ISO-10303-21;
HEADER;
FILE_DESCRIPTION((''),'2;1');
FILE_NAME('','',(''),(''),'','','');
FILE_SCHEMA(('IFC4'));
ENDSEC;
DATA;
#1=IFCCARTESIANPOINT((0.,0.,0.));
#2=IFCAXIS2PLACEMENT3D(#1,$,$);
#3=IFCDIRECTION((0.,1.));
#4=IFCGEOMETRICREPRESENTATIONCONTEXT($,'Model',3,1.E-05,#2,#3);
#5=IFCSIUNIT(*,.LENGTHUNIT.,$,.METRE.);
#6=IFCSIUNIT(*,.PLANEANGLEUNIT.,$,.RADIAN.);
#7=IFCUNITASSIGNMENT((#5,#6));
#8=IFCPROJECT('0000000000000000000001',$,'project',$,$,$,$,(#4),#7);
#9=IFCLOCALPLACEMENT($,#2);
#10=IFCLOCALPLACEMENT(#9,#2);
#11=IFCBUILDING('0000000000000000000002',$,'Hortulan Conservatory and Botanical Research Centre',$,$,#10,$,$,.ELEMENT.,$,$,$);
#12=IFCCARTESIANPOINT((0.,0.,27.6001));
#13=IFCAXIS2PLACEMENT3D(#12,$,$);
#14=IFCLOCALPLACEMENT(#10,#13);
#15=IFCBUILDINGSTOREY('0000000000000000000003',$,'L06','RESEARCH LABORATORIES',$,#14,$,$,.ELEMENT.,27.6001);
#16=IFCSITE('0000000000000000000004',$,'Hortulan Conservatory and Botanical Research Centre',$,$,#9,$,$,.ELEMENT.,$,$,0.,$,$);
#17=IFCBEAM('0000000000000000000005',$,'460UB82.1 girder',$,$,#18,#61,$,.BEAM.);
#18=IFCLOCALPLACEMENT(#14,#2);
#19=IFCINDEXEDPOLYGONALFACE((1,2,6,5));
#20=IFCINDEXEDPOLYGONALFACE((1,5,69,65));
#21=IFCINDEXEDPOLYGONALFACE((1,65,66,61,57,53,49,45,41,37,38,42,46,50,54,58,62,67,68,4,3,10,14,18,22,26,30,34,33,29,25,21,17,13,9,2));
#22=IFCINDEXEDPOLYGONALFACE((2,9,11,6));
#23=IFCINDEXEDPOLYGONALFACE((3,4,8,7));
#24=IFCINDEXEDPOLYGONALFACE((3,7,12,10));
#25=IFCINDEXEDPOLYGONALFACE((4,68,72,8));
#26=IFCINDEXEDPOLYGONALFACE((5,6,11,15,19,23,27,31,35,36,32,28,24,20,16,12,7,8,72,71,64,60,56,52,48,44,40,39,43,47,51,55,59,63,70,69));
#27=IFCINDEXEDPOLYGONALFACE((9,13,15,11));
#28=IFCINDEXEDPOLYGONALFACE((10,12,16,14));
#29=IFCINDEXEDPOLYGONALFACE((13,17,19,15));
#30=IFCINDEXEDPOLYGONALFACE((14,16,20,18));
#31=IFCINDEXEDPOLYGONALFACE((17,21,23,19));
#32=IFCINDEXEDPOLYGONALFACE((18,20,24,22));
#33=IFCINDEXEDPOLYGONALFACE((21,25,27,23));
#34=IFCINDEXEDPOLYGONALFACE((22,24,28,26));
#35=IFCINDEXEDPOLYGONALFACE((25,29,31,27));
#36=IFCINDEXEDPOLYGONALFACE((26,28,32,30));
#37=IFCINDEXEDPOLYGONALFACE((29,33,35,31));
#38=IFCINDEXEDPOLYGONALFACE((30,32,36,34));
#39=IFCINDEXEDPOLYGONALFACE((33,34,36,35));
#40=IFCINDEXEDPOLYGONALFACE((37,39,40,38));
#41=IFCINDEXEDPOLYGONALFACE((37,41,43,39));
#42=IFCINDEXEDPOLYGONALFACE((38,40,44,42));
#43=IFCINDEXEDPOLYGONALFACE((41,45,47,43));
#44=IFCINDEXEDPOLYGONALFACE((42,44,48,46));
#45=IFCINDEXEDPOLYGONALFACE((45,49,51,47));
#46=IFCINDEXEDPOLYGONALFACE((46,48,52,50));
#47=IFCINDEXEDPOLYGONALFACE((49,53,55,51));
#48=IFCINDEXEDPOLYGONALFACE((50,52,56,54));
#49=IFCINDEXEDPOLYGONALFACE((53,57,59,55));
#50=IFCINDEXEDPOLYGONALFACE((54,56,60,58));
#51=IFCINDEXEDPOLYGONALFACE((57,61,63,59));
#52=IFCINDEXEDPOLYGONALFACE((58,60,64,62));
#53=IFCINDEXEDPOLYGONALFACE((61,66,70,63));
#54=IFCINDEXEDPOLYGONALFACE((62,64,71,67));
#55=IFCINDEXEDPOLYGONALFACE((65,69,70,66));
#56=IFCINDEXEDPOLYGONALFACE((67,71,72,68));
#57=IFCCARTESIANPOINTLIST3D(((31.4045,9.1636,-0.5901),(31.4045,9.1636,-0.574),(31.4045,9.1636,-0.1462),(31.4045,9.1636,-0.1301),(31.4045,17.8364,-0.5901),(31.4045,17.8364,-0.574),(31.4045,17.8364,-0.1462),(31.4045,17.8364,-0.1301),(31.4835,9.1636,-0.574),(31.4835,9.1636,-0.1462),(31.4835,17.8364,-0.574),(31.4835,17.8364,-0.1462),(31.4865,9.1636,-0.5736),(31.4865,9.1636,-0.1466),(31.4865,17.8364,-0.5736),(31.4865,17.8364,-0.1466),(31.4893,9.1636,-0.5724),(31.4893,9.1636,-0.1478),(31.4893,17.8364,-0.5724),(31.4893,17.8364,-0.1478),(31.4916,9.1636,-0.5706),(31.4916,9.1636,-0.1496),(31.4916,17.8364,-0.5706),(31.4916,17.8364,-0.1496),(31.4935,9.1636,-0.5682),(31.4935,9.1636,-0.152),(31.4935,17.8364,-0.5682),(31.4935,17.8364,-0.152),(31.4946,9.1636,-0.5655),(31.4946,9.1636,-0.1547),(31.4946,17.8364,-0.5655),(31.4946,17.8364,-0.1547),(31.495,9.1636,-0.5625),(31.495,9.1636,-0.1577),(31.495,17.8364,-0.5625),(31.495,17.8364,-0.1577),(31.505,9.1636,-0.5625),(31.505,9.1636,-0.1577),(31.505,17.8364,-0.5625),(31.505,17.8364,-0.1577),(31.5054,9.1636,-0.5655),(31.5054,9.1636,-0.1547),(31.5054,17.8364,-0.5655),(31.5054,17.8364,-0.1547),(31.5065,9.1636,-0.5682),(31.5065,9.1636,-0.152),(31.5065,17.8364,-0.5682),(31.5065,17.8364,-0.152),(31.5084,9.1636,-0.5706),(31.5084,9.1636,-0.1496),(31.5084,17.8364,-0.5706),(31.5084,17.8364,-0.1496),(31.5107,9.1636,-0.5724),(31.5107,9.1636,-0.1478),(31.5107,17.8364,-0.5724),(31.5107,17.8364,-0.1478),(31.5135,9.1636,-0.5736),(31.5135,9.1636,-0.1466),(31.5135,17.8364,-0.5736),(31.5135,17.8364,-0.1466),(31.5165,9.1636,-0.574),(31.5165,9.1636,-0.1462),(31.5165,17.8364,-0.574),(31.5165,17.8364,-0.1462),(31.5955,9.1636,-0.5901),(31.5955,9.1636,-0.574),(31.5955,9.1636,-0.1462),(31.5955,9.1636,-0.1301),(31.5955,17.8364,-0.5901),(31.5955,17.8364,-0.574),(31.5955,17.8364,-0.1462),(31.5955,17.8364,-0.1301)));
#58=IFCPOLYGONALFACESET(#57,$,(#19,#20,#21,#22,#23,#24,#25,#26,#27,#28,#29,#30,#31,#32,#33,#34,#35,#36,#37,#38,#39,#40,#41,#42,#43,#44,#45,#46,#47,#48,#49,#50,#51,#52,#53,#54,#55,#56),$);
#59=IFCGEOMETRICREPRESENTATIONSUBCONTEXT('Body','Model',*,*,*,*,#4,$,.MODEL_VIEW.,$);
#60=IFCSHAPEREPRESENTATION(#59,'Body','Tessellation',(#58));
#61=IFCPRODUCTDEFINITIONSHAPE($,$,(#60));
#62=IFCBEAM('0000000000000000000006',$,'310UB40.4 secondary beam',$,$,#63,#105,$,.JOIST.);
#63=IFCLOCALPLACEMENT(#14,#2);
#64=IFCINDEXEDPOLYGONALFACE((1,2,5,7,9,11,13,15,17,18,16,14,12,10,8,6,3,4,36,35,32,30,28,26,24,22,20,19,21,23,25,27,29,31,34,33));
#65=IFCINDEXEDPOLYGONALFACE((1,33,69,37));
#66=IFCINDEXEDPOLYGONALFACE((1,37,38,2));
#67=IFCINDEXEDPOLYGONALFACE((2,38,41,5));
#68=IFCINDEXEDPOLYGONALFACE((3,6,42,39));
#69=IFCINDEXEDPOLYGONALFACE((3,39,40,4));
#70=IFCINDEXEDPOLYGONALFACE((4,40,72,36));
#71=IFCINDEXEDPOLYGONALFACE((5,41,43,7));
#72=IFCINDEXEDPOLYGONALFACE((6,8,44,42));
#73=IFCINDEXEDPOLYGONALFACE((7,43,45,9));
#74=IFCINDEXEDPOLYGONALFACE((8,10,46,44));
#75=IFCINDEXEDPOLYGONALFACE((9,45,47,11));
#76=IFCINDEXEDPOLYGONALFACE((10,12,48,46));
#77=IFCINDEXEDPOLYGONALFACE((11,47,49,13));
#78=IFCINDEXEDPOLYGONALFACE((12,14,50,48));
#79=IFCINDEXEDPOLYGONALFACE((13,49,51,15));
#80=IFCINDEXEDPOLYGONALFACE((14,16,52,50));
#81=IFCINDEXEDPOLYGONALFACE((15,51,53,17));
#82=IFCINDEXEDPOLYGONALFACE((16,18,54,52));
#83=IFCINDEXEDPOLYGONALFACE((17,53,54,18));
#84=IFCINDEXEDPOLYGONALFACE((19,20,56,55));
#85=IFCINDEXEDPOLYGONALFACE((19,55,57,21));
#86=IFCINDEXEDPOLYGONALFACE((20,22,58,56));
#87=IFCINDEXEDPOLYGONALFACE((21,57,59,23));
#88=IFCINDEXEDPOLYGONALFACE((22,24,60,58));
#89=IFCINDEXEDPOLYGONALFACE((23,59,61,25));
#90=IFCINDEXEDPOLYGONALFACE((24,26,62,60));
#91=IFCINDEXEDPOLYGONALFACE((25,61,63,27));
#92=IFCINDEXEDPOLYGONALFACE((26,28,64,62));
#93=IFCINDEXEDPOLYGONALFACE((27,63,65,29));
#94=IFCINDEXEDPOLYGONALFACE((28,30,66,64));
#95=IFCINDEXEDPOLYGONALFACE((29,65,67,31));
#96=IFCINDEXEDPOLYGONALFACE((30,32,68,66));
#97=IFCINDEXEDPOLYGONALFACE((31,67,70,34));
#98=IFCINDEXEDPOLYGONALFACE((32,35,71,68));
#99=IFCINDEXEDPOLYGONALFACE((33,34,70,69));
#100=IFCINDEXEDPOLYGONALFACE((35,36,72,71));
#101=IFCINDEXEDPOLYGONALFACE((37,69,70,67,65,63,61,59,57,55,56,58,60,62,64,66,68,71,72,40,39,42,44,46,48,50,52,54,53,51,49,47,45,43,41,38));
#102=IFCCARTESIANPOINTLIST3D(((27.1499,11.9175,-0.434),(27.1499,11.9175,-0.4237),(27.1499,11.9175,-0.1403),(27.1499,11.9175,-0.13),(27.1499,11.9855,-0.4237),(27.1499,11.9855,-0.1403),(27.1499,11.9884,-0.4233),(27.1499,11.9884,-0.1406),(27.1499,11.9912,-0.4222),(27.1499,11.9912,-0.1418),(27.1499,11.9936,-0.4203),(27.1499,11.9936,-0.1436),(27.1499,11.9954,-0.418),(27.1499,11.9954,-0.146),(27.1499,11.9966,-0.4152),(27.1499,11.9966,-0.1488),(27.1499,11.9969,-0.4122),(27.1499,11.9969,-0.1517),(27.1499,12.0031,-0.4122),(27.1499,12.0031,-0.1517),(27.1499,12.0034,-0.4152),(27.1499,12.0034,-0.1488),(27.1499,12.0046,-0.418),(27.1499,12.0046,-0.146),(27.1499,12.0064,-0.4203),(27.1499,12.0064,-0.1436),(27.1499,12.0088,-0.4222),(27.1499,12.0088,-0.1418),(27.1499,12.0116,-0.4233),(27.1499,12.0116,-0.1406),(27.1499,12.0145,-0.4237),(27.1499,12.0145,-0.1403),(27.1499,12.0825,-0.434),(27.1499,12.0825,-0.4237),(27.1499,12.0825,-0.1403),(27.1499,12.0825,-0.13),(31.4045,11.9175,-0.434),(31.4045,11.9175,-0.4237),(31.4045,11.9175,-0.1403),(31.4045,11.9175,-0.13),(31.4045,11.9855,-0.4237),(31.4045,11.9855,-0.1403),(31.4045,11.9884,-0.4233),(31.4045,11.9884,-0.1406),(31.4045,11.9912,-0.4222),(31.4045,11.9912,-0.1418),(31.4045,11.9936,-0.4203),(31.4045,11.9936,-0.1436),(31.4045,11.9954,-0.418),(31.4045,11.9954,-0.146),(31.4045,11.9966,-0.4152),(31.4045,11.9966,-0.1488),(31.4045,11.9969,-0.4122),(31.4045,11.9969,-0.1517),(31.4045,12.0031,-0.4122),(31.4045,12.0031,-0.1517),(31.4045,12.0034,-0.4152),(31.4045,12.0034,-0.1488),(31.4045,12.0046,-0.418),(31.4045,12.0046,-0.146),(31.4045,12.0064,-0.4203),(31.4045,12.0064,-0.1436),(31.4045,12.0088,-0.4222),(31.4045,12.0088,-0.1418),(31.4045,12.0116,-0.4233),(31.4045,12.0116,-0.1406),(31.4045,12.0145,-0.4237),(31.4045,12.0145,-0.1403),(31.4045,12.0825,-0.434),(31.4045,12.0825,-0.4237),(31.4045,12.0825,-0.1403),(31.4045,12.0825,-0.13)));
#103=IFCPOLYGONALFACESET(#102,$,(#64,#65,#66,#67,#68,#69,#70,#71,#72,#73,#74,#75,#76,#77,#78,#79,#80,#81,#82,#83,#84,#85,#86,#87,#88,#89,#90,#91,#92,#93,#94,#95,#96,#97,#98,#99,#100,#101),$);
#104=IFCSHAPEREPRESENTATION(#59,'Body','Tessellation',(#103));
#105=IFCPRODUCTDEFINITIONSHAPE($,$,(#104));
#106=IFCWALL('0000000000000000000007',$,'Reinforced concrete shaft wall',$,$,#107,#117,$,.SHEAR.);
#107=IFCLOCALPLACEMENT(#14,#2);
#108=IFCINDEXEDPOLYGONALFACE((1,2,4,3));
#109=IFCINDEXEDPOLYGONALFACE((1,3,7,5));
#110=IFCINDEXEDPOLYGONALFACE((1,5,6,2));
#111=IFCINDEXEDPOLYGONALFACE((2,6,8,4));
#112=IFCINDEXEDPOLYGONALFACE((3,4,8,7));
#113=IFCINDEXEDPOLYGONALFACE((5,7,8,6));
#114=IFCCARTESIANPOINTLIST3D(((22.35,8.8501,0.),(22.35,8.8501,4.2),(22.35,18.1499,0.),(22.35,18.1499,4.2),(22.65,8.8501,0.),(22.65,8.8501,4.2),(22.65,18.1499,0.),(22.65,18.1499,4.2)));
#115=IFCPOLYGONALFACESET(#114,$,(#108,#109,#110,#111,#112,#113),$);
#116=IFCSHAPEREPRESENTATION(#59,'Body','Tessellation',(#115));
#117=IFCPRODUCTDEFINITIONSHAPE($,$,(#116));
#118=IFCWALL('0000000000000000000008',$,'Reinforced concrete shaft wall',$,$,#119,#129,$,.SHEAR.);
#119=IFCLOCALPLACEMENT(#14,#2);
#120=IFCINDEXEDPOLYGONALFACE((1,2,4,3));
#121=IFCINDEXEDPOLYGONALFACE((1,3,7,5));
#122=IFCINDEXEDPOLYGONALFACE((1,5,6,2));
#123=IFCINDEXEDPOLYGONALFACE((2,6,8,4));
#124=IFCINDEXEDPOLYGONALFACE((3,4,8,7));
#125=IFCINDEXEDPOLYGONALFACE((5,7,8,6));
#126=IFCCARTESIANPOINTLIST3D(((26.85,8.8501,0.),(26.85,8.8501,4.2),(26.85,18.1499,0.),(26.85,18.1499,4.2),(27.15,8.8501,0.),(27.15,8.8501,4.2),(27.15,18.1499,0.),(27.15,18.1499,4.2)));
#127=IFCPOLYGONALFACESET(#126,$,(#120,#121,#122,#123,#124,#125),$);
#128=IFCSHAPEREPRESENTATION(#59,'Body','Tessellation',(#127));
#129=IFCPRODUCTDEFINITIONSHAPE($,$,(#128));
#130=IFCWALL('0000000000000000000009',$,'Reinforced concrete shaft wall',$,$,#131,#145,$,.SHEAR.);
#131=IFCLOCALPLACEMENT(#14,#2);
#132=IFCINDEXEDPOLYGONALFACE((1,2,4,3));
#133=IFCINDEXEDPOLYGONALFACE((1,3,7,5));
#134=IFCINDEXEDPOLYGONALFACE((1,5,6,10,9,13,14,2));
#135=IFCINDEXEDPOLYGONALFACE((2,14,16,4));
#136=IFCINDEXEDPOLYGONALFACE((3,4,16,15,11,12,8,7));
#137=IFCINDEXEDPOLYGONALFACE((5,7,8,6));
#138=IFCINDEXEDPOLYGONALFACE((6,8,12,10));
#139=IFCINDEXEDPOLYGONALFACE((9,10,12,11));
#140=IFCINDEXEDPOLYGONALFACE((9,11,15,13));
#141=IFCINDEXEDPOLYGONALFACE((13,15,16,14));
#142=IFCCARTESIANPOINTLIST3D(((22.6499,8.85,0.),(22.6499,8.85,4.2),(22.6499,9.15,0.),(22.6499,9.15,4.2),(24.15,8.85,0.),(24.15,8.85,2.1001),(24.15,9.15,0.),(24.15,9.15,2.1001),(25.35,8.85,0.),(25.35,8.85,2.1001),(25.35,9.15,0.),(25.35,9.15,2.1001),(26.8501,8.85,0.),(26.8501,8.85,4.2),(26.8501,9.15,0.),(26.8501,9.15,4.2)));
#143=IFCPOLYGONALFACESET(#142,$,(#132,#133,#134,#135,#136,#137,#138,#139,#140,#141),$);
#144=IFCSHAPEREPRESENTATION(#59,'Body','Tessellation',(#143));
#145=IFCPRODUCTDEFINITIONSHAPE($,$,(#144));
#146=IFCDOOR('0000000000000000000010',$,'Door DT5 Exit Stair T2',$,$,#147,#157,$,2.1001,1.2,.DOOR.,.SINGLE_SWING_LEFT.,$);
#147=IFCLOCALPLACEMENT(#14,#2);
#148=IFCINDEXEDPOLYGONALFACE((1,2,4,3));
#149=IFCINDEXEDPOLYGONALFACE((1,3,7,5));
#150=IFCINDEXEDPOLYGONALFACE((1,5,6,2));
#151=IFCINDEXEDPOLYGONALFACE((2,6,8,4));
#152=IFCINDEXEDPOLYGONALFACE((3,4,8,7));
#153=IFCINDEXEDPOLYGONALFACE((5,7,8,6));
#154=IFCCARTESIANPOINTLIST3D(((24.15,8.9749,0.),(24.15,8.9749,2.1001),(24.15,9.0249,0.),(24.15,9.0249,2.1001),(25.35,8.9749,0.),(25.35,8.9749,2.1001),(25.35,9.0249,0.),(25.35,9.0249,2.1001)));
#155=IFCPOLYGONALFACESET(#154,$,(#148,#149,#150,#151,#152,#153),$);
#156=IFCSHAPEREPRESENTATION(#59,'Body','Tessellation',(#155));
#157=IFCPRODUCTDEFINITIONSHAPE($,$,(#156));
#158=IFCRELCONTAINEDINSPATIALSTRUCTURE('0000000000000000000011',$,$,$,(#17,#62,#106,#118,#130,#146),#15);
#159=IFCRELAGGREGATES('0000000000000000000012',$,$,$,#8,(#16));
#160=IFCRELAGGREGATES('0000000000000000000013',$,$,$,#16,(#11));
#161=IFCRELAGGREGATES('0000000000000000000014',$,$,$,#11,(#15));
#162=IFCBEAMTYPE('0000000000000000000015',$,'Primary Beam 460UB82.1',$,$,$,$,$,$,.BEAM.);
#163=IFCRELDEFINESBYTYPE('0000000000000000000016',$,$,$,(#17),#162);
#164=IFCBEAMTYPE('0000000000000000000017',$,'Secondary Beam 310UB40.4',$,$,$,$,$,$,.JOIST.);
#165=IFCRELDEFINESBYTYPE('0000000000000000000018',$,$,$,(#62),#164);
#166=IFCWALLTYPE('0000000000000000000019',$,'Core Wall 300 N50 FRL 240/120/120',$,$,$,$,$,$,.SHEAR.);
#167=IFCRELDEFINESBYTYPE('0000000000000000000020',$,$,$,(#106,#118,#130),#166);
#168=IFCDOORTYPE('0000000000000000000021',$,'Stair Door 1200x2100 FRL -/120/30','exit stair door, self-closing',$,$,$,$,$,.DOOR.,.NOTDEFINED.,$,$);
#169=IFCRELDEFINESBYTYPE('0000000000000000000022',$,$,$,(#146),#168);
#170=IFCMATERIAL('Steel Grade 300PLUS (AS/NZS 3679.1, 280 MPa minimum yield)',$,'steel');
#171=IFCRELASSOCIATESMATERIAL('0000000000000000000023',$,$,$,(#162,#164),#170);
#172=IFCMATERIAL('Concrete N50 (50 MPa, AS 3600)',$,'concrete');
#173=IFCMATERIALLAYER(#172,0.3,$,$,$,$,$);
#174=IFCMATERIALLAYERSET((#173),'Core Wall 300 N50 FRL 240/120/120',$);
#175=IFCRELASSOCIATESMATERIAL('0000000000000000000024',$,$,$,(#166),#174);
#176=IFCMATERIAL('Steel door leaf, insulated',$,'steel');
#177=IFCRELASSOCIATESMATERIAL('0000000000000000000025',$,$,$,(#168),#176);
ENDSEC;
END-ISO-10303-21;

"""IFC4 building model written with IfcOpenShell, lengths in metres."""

from ifc_helpers import new_model, si_unit, direction, frame, frame_2d, origin, origin_2d, place, context, subcontext, project, spatial, rectangle, i_section, extrude, material, layer, layer_set, material_profile, profile_set, type_object, element, fill, save


model = new_model("IFC4")

# Units and contexts
model_context = context("Model", 3, precision=1e-05, world=origin(), true_north=direction((0.0, 1.0)))
body_context = subcontext(model_context, "Body", "Model", "MODEL_VIEW")
ifc_project = project(units=[si_unit("LENGTHUNIT", "METRE"), si_unit("PLANEANGLEUNIT", "RADIAN")], contexts=[model_context])

# Site, building, storey
site_placement = place(None, origin())
site = spatial("IfcSite", under=ifc_project, at=site_placement, Name="Hortulan Conservatory and Botanical Research Centre", CompositionType="ELEMENT", RefElevation=0.0)
building_placement = place(site_placement, origin())
building = spatial("IfcBuilding", under=site, at=building_placement, Name="Hortulan Conservatory and Botanical Research Centre", CompositionType="ELEMENT")
storey_placement = place(building_placement, frame((0.0, 0.0, 27.6001)))
storey = spatial("IfcBuildingStorey", under=building, at=storey_placement, Name="L06", Description="RESEARCH LABORATORIES", CompositionType="ELEMENT", Elevation=27.6001)

# Shared definitions
ifc_material_1 = material(Name="Steel Grade 300PLUS (AS/NZS 3679.1, 280 MPa minimum yield)", Category="steel")

# Beams
ifc_material_profile_1 = material_profile(ifc_material_1, i_section(OverallWidth=0.1909, OverallDepth=0.46, WebThickness=0.01, FlangeThickness=0.0161, FilletRadius=0.0115, at=origin_2d()), Name="460UB82.1")
ifc_profile_set_1 = profile_set([ifc_material_profile_1], Name="Steel Grade 300PLUS (AS/NZS 3679.1, 280 MPa minimum yield)")
beam_type_1 = type_object("IfcBeamType", Name="Primary Beam 460UB82.1", PredefinedType="BEAM", material=ifc_profile_set_1)
beam_1_placement = place(storey_placement, frame((31.5, 9.1636, -0.3601), z_axis=(0.0, 1.0, 0.0), x_axis=(-1.0, 0.0, 0.0)))
element("IfcBeam", 1, at=beam_1_placement, inside=storey, type_object=beam_type_1, Name="460UB82.1 girder", PredefinedType="BEAM", context=body_context, shape_type="SweptSolid", body=[
    extrude(i_section(OverallWidth=0.1909, OverallDepth=0.46, WebThickness=0.01, FlangeThickness=0.0161, FilletRadius=0.0115, at=origin_2d()), origin(), (0.0, 0.0, 1.0), 8.6729),
])
ifc_material_profile_2 = material_profile(ifc_material_1, i_section(OverallWidth=0.165, OverallDepth=0.304, WebThickness=0.0061, FlangeThickness=0.0103, FilletRadius=0.0115, at=origin_2d()), Name="310UB40.4")
ifc_profile_set_2 = profile_set([ifc_material_profile_2], Name="Steel Grade 300PLUS (AS/NZS 3679.1, 280 MPa minimum yield)")
beam_type_2 = type_object("IfcBeamType", Name="Secondary Beam 310UB40.4", PredefinedType="JOIST", material=ifc_profile_set_2)
beam_2_placement = place(storey_placement, frame((27.1499, 12.0, -0.282), z_axis=(1.0, 0.0, 0.0), x_axis=(0.0, 1.0, 0.0)))
element("IfcBeam", 2, at=beam_2_placement, inside=storey, type_object=beam_type_2, Name="310UB40.4 secondary beam", PredefinedType="JOIST", context=body_context, shape_type="SweptSolid", body=[
    extrude(i_section(OverallWidth=0.165, OverallDepth=0.304, WebThickness=0.0061, FlangeThickness=0.0103, FilletRadius=0.0115, at=origin_2d()), origin(), (0.0, 0.0, 1.0), 4.2546),
])

# Walls
ifc_material_2 = material(Name="Concrete N50 (50 MPa, AS 3600)", Category="concrete")
ifc_layer_1 = layer(ifc_material_2, 0.3)
ifc_layer_set_1 = layer_set([ifc_layer_1], Name="Core Wall 300 N50 FRL 240/120/120")
wall_type_1 = type_object("IfcWallType", Name="Core Wall 300 N50 FRL 240/120/120", PredefinedType="SHEAR", material=ifc_layer_set_1)
for number, where, z_axis, x_axis, name in (
    (3, (22.5, 8.8501, 0.0), (0.0, 0.0, 1.0), (0.0, 1.0, 0.0), "Reinforced concrete shaft wall"),
    (4, (27.0, 8.8501, 0.0), (0.0, 0.0, 1.0), (0.0, 1.0, 0.0), "Reinforced concrete shaft wall"),
):
    element("IfcWall", number, at=place(storey_placement, frame(where, z_axis=z_axis, x_axis=x_axis)), inside=storey, type_object=wall_type_1, Name=name, PredefinedType="SHEAR", context=body_context, shape_type="SweptSolid", body=[
        extrude(rectangle(XDim=9.2998, YDim=0.3, at=frame_2d((4.6499, 0.0))), origin(), (0.0, 0.0, 1.0), 4.2),
    ])

# Wall, opening, door
wall_1_placement = place(storey_placement, frame((22.6499, 9.0, 0.0), z_axis=(0.0, 0.0, 1.0), x_axis=(1.0, 0.0, 0.0)))
wall_1 = element("IfcWall", 5, at=wall_1_placement, inside=storey, type_object=wall_type_1, Name="Reinforced concrete shaft wall", PredefinedType="SHEAR", context=body_context, shape_type="SweptSolid", body=[
    extrude(rectangle(XDim=4.2002, YDim=0.3, at=frame_2d((2.1001, 0.0))), origin(), (0.0, 0.0, 1.0), 4.2),
])
opening_1_placement = place(wall_1_placement, frame((1.5, 0.0, 0.0)))
opening_1 = element("IfcOpeningElement", 6, at=opening_1_placement, cuts=wall_1, PredefinedType="OPENING", context=body_context, shape_type="SweptSolid", body=[
    extrude(rectangle(XDim=1.2, YDim=2.1001, at=frame_2d((0.6001, 1.05))), frame((0.0, 0.1599, 0.0), z_axis=(0.0, -1.0, 0.0), x_axis=(1.0, 0.0, 0.0)), (0.0, 0.0, 1.0), 0.3201),
])
ifc_material_3 = material(Name="Steel door leaf, insulated", Category="steel")
door_type_1 = type_object("IfcDoorType", Name="Stair Door 1200x2100 FRL -/120/30", Description="exit stair door, self-closing", OperationType="NOTDEFINED", PredefinedType="DOOR", material=ifc_material_3)
door_1_placement = place(opening_1_placement, origin())
door_1 = element("IfcDoor", 7, at=door_1_placement, inside=storey, type_object=door_type_1, Name="Door DT5 Exit Stair T2", OperationType="SINGLE_SWING_LEFT", OverallHeight=2.1001, OverallWidth=1.2, PredefinedType="DOOR", context=body_context, shape_type="SweptSolid", body=[
    extrude(rectangle(XDim=1.2, YDim=2.1001, at=frame_2d((0.6001, 1.05))), frame((0.0, 0.0249, 0.0), z_axis=(0.0, -1.0, 0.0), x_axis=(1.0, 0.0, 0.0)), (0.0, 0.0, 1.0), 0.05),
])
fill(opening_1, door_1)

save(model, "model.ifc")
